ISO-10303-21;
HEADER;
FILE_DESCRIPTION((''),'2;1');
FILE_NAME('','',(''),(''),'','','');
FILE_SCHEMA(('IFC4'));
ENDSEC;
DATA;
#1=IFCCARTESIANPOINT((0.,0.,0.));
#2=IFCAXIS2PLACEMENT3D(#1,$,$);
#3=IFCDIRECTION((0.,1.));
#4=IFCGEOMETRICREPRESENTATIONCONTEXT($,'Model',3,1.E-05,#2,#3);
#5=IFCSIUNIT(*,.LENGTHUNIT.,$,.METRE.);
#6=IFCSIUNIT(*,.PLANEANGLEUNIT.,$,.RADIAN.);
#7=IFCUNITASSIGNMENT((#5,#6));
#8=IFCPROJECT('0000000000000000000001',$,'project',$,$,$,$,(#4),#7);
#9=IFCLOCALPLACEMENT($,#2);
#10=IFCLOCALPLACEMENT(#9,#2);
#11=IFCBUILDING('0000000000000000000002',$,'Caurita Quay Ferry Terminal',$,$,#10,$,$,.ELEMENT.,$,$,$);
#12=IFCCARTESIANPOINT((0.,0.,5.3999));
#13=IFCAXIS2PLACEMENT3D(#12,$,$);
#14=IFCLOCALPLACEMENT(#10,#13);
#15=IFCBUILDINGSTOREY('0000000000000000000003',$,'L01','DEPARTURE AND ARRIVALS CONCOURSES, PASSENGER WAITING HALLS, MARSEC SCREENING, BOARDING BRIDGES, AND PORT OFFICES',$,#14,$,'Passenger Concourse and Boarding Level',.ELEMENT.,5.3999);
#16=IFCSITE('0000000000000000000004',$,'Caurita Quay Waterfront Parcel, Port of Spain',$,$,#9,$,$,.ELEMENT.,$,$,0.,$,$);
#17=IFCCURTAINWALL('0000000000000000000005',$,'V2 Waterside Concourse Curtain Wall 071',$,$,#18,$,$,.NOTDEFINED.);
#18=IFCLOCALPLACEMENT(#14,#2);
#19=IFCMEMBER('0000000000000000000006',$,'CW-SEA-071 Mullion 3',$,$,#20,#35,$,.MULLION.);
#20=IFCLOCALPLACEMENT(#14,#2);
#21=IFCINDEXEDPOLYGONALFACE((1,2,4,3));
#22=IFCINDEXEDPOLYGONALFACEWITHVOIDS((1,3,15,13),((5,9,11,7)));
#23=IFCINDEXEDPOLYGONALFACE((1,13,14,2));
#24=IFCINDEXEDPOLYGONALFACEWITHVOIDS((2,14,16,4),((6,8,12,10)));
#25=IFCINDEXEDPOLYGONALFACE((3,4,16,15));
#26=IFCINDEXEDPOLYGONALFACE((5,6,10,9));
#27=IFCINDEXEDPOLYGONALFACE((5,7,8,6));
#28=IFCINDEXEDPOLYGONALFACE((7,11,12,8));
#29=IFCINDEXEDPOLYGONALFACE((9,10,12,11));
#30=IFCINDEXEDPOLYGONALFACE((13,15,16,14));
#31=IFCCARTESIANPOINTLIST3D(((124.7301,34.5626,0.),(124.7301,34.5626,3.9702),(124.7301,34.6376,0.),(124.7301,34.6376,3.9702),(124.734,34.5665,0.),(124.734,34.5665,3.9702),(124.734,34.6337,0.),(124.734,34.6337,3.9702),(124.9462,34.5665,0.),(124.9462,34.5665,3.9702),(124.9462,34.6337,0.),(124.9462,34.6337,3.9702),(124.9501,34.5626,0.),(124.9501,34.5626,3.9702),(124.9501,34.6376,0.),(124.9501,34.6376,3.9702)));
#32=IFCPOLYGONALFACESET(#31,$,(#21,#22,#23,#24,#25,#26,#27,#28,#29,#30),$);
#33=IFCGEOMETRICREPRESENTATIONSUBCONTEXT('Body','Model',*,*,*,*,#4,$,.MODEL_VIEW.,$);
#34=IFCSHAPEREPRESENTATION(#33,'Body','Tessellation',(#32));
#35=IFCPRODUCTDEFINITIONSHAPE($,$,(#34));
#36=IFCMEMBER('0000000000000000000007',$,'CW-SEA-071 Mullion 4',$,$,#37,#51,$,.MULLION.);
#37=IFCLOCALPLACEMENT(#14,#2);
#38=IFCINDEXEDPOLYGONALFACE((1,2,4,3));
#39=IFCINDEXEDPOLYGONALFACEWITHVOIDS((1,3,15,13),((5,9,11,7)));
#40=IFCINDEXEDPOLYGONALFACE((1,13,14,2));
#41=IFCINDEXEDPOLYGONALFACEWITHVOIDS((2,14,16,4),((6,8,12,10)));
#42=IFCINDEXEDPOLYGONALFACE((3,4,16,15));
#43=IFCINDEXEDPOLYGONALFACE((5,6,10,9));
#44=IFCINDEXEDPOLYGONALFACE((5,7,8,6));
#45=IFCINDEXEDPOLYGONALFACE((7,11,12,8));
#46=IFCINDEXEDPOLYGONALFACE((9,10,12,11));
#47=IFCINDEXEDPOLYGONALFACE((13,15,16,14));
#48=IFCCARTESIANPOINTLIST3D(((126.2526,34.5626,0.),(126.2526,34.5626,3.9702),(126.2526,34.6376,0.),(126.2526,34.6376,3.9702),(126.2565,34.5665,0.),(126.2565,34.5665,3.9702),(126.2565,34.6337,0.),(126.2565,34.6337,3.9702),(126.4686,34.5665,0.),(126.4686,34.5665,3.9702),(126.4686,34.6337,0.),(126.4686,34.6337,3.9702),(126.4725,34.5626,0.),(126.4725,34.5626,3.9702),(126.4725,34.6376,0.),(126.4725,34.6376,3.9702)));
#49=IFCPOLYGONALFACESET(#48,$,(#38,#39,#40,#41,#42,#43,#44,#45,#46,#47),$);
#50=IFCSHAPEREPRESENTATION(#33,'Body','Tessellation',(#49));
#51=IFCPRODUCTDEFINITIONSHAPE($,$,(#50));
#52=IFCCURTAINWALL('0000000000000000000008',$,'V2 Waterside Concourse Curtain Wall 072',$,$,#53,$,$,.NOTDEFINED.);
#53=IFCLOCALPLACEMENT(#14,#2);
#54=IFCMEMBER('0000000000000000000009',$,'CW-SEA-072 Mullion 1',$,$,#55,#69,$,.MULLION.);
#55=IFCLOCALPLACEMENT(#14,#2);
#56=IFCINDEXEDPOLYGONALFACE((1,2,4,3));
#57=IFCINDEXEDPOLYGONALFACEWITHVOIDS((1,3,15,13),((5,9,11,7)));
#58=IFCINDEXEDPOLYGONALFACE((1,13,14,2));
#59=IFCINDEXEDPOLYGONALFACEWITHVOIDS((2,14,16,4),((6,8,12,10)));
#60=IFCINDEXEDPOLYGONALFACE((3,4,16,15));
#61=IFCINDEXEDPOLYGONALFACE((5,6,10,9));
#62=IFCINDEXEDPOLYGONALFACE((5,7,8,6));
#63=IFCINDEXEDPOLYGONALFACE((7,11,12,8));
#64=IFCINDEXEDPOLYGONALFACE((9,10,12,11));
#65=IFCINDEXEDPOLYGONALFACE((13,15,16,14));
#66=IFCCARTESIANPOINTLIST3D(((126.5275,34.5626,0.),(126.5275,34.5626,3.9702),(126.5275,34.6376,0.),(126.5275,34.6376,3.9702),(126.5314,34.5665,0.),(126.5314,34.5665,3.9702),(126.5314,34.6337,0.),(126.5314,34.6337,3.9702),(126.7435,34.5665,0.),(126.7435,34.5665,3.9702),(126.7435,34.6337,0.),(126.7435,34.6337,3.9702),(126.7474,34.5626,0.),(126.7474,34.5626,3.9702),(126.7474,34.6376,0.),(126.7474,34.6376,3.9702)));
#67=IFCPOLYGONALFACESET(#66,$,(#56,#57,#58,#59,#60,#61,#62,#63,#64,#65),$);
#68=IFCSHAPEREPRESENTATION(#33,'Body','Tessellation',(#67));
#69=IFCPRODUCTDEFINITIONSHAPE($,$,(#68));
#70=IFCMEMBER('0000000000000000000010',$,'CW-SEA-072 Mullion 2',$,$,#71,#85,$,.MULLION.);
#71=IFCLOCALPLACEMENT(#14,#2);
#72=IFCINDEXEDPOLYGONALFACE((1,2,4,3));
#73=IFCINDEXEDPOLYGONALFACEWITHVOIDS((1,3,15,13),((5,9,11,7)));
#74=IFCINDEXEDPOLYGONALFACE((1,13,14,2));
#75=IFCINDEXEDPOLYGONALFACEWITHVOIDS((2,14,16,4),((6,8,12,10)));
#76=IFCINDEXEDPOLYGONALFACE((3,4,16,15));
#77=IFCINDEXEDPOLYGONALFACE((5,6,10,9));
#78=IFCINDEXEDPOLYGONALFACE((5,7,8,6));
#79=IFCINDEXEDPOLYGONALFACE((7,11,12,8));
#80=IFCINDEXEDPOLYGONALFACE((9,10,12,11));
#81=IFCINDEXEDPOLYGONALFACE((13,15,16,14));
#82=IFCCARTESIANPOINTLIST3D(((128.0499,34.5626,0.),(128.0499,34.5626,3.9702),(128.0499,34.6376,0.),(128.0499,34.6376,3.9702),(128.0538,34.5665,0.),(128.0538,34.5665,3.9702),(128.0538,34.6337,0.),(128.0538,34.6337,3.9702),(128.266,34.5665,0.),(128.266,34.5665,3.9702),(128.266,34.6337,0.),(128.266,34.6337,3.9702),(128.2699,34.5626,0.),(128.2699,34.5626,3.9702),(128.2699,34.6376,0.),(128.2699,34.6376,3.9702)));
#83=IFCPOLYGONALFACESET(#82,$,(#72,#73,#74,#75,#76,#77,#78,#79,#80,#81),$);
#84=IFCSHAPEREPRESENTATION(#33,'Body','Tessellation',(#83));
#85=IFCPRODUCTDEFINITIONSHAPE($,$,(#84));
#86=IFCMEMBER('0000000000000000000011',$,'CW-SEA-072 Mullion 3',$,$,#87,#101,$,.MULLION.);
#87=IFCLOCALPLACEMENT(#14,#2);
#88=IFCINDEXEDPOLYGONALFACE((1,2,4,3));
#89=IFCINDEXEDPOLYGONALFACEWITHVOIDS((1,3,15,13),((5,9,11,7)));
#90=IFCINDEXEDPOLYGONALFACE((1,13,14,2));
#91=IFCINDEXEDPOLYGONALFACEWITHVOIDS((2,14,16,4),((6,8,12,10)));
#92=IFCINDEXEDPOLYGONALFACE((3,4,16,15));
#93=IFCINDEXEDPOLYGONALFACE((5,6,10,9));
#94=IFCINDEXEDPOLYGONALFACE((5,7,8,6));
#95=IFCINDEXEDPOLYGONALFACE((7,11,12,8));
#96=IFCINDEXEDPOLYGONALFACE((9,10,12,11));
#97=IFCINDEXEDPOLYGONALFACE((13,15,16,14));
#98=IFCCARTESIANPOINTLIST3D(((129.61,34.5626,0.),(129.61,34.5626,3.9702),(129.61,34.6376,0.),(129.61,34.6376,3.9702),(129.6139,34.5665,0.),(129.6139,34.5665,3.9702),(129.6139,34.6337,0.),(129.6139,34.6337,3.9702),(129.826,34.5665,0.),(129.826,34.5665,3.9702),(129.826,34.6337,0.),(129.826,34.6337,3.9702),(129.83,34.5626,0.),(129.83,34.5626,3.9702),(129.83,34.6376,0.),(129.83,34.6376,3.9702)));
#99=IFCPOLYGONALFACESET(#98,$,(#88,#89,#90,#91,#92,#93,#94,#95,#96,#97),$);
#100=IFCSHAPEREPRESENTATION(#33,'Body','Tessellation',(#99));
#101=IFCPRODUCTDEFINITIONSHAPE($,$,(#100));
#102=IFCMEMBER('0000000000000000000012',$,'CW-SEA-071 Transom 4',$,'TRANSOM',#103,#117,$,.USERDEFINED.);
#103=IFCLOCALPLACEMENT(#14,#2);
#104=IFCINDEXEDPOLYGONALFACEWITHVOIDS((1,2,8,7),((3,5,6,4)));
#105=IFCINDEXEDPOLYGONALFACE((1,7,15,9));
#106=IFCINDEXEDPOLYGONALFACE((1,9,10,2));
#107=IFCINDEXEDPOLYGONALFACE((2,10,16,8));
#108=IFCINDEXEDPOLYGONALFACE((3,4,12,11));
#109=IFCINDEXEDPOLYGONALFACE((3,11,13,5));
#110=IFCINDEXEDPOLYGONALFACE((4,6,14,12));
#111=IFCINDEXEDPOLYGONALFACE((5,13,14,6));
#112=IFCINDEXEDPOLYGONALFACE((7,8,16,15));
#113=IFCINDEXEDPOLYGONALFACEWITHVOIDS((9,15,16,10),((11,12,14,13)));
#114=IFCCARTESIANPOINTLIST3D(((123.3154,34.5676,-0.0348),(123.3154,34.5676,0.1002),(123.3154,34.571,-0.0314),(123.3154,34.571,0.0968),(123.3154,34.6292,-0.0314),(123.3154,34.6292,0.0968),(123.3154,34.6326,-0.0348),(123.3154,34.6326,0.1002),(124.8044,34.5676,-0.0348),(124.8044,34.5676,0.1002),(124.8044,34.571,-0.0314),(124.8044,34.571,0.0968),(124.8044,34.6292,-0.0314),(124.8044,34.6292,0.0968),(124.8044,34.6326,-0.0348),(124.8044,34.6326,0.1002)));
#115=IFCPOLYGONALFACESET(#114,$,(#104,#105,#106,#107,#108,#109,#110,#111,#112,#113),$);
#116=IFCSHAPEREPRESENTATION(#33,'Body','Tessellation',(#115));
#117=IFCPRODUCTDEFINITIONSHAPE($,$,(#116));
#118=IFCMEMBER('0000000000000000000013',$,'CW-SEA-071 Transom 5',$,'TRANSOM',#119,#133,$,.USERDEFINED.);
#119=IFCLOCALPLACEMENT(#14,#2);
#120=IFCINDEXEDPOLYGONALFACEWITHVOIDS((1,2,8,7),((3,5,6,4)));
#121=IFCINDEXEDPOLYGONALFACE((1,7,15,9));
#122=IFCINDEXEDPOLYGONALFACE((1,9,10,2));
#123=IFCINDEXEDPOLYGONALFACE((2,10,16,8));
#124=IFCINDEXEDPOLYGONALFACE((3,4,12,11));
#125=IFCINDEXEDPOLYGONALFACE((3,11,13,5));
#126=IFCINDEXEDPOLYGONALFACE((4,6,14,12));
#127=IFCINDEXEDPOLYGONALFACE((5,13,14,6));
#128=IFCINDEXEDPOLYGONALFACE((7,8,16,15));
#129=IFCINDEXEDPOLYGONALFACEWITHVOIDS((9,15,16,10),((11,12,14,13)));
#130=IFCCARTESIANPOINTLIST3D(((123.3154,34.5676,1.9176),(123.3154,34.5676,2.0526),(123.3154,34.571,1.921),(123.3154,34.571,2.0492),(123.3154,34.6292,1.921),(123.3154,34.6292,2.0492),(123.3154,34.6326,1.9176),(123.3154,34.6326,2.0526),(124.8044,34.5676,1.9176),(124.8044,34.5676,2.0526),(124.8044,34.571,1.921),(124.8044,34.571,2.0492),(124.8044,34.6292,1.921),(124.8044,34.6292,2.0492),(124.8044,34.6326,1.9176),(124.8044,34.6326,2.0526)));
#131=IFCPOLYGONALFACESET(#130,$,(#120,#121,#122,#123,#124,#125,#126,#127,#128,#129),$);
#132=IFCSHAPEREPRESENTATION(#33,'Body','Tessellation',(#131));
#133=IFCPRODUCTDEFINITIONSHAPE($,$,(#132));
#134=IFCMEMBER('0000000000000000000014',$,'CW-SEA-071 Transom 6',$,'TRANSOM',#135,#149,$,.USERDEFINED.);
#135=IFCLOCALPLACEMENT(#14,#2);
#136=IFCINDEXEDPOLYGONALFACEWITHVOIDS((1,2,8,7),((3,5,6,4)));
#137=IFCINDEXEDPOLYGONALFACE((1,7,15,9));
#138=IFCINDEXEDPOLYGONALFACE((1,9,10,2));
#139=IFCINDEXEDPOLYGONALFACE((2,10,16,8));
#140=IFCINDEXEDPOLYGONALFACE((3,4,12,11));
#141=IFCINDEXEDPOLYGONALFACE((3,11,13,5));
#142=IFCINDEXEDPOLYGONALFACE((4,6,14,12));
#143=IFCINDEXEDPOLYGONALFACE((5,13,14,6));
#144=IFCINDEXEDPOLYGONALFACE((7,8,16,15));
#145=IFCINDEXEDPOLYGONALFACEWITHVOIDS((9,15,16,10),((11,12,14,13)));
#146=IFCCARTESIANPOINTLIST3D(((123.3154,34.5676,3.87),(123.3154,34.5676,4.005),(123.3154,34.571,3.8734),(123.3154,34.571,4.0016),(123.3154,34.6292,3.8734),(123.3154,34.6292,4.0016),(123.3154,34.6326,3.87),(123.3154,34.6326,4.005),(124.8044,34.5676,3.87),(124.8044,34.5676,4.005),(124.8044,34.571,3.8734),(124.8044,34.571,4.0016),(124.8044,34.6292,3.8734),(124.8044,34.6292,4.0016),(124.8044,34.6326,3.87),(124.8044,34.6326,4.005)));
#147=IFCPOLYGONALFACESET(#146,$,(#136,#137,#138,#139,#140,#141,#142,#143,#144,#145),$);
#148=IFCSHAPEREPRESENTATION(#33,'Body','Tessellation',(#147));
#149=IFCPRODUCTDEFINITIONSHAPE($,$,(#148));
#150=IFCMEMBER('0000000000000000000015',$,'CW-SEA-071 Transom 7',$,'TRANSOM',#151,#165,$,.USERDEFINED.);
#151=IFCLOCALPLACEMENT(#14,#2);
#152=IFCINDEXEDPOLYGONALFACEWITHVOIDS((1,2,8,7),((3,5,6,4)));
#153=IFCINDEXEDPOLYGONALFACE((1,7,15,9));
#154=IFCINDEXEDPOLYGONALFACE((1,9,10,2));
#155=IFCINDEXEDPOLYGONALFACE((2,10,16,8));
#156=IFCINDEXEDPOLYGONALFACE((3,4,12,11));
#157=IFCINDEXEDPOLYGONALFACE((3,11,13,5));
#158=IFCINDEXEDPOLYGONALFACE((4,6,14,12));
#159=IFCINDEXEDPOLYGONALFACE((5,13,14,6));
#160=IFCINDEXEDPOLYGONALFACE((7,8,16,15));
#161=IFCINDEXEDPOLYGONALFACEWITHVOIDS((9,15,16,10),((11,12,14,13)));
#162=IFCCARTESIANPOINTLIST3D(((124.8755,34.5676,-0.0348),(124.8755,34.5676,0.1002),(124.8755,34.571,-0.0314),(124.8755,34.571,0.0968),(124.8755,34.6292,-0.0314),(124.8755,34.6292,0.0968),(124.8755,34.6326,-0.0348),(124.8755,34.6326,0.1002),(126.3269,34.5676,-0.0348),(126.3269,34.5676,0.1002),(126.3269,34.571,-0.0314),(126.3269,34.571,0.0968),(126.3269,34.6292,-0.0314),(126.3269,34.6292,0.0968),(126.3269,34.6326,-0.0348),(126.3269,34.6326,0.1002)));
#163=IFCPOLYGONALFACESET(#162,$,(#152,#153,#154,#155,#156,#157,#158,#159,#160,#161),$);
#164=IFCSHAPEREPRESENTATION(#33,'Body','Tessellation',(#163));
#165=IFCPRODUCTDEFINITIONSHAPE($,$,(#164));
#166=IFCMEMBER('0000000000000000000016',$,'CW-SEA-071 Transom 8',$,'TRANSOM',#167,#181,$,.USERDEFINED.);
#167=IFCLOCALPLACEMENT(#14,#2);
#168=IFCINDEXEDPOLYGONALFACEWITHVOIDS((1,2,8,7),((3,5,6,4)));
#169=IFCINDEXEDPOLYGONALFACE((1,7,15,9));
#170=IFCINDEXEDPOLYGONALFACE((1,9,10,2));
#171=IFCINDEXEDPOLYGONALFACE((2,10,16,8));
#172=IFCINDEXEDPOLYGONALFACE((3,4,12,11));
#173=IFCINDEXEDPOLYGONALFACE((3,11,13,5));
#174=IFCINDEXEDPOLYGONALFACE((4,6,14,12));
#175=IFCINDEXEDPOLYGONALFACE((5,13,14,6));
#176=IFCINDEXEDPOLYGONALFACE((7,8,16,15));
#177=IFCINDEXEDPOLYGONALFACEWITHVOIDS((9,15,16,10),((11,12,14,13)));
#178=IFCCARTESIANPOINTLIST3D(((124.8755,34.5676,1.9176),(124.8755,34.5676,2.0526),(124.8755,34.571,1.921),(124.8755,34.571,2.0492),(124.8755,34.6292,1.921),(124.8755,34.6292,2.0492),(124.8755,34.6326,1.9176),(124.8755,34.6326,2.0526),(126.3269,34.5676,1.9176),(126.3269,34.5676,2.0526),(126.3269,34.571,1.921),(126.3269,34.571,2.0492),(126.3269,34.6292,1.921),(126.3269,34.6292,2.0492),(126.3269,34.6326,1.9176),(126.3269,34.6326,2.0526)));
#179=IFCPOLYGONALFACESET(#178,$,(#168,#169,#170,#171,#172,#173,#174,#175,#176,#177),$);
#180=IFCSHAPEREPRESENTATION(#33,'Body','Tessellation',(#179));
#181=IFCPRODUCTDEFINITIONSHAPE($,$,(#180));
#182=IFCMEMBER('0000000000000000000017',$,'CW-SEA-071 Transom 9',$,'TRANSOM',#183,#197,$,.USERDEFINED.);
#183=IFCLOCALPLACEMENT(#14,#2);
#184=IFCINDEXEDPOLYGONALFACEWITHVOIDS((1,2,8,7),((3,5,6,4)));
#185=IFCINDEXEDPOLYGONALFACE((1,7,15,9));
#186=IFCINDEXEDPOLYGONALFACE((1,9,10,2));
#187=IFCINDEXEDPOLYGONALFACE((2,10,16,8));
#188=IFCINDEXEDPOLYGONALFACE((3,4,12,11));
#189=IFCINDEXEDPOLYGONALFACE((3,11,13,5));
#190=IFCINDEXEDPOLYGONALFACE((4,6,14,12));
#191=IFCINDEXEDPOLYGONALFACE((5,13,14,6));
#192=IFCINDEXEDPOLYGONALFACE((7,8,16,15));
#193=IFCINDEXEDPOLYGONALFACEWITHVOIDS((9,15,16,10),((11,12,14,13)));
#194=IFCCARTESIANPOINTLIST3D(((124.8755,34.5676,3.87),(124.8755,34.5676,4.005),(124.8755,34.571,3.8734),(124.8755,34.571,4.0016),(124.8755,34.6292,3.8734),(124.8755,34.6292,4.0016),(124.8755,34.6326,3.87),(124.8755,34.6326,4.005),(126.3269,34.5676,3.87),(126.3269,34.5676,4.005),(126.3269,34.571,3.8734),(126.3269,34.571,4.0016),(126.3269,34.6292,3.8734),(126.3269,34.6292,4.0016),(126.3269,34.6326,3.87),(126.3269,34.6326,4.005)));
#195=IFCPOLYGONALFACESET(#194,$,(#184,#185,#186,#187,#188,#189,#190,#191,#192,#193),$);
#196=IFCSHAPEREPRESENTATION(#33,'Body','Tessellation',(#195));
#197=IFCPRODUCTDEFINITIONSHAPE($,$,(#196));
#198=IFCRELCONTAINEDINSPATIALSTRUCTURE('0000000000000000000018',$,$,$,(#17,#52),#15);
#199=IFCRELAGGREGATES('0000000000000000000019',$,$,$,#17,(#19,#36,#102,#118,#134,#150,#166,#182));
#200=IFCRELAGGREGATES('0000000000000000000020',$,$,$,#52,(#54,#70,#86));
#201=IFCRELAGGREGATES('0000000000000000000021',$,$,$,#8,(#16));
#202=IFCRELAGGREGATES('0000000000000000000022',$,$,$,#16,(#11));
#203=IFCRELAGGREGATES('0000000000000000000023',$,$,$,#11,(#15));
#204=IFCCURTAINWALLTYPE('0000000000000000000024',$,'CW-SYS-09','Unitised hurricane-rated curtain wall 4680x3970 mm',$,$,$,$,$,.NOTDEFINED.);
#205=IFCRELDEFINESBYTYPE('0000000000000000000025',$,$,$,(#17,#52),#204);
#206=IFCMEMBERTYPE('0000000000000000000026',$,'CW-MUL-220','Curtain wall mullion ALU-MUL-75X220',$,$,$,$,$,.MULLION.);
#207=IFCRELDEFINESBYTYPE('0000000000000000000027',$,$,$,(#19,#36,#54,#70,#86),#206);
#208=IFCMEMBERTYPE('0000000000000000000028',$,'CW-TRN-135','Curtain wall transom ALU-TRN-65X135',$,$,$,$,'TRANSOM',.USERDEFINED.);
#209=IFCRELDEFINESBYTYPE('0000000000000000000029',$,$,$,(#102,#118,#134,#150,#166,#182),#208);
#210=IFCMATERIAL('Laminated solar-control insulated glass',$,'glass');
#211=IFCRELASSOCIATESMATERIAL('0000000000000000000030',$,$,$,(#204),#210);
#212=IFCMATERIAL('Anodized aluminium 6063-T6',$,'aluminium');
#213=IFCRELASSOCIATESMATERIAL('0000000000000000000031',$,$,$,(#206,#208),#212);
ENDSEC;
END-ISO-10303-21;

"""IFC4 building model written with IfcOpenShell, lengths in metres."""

from ifc_helpers import new_model, si_unit, direction, frame, origin, origin_2d, place, context, subcontext, project, spatial, hollow_rectangle, extrude, material, material_profile, profile_set, type_object, element, aggregate, save


model = new_model("IFC4")

# Units and contexts
model_context = context("Model", 3, precision=1e-05, world=origin(), true_north=direction((0.0, 1.0)))
body_context = subcontext(model_context, "Body", "Model", "MODEL_VIEW")
ifc_project = project(units=[si_unit("LENGTHUNIT", "METRE"), si_unit("PLANEANGLEUNIT", "RADIAN")], contexts=[model_context])

# Site, building, storey
site_placement = place(None, origin())
site = spatial("IfcSite", under=ifc_project, at=site_placement, Name="Caurita Quay Waterfront Parcel, Port of Spain", CompositionType="ELEMENT", RefElevation=0.0)
building_placement = place(site_placement, origin())
building = spatial("IfcBuilding", under=site, at=building_placement, Name="Caurita Quay Ferry Terminal", CompositionType="ELEMENT")
storey_placement = place(building_placement, frame((0.0, 0.0, 5.3999)))
storey = spatial("IfcBuildingStorey", under=building, at=storey_placement, Name="L01", Description="DEPARTURE AND ARRIVALS CONCOURSES, PASSENGER WAITING HALLS, MARSEC SCREENING, BOARDING BRIDGES, AND PORT OFFICES", LongName="Passenger Concourse and Boarding Level", CompositionType="ELEMENT", Elevation=5.3999)

# Curtain walls, members
ifc_material_1 = material(Name="Laminated solar-control insulated glass", Category="glass")
curtain_wall_type = type_object("IfcCurtainWallType", Name="CW-SYS-09", Description="Unitised hurricane-rated curtain wall 4680x3970 mm", PredefinedType="NOTDEFINED", material=ifc_material_1)
curtain_wall_1_placement = place(storey_placement, origin())
curtain_wall_1 = element("IfcCurtainWall", 1, at=curtain_wall_1_placement, inside=storey, type_object=curtain_wall_type, Name="V2 Waterside Concourse Curtain Wall 071", PredefinedType="NOTDEFINED")
ifc_material_2 = material(Name="Anodized aluminium 6063-T6", Category="aluminium")
ifc_material_profile_1 = material_profile(ifc_material_2, hollow_rectangle(XDim=0.075, YDim=0.22, WallThickness=0.0039, at=origin_2d()), Name="ALU-MUL-75X220")
ifc_profile_set_1 = profile_set([ifc_material_profile_1], Name="Anodized aluminium 6063-T6")
member_type_1 = type_object("IfcMemberType", Name="CW-MUL-220", Description="Curtain wall mullion ALU-MUL-75X220", PredefinedType="MULLION", material=ifc_profile_set_1)
member_1_placement = place(storey_placement, frame((124.8401, 34.6001, 0.0), z_axis=(0.0, 0.0, 1.0), x_axis=(0.0, 1.0, 0.0)))
member_1 = element("IfcMember", 2, at=member_1_placement, type_object=member_type_1, Name="CW-SEA-071 Mullion 3", PredefinedType="MULLION", context=body_context, shape_type="SweptSolid", body=[
    extrude(hollow_rectangle(XDim=0.075, YDim=0.22, WallThickness=0.0039, at=origin_2d()), origin(), (0.0, 0.0, 1.0), 3.9702),
])
member_2_placement = place(storey_placement, frame((126.3625, 34.6001, 0.0), z_axis=(0.0, 0.0, 1.0), x_axis=(0.0, 1.0, 0.0)))
member_2 = element("IfcMember", 3, at=member_2_placement, type_object=member_type_1, Name="CW-SEA-071 Mullion 4", PredefinedType="MULLION", context=body_context, shape_type="SweptSolid", body=[
    extrude(hollow_rectangle(XDim=0.075, YDim=0.22, WallThickness=0.0039, at=origin_2d()), origin(), (0.0, 0.0, 1.0), 3.9702),
])
curtain_wall_2_placement = place(storey_placement, origin())
curtain_wall_2 = element("IfcCurtainWall", 4, at=curtain_wall_2_placement, inside=storey, type_object=curtain_wall_type, Name="V2 Waterside Concourse Curtain Wall 072", PredefinedType="NOTDEFINED")
member_3_placement = place(storey_placement, frame((126.6375, 34.6001, 0.0), z_axis=(0.0, 0.0, 1.0), x_axis=(0.0, 1.0, 0.0)))
member_3 = element("IfcMember", 5, at=member_3_placement, type_object=member_type_1, Name="CW-SEA-072 Mullion 1", PredefinedType="MULLION", context=body_context, shape_type="SweptSolid", body=[
    extrude(hollow_rectangle(XDim=0.075, YDim=0.22, WallThickness=0.0039, at=origin_2d()), origin(), (0.0, 0.0, 1.0), 3.9702),
])
member_4_placement = place(storey_placement, frame((128.1599, 34.6001, 0.0), z_axis=(0.0, 0.0, 1.0), x_axis=(0.0, 1.0, 0.0)))
member_4 = element("IfcMember", 6, at=member_4_placement, type_object=member_type_1, Name="CW-SEA-072 Mullion 2", PredefinedType="MULLION", context=body_context, shape_type="SweptSolid", body=[
    extrude(hollow_rectangle(XDim=0.075, YDim=0.22, WallThickness=0.0039, at=origin_2d()), origin(), (0.0, 0.0, 1.0), 3.9702),
])
member_5_placement = place(storey_placement, frame((129.72, 34.6001, 0.0), z_axis=(0.0, 0.0, 1.0), x_axis=(0.0, 1.0, 0.0)))
member_5 = element("IfcMember", 7, at=member_5_placement, type_object=member_type_1, Name="CW-SEA-072 Mullion 3", PredefinedType="MULLION", context=body_context, shape_type="SweptSolid", body=[
    extrude(hollow_rectangle(XDim=0.075, YDim=0.22, WallThickness=0.0039, at=origin_2d()), origin(), (0.0, 0.0, 1.0), 3.9702),
])

# Members
ifc_material_profile_2 = material_profile(ifc_material_2, hollow_rectangle(XDim=0.0649, YDim=0.135, WallThickness=0.0034, at=origin_2d()), Name="ALU-TRN-65X135")
ifc_profile_set_2 = profile_set([ifc_material_profile_2], Name="Anodized aluminium 6063-T6")
member_type_2 = type_object("IfcMemberType", Name="CW-TRN-135", Description="Curtain wall transom ALU-TRN-65X135", ElementType="TRANSOM", PredefinedType="USERDEFINED", material=ifc_profile_set_2)
member_6_placement = place(storey_placement, frame((123.3154, 34.6001, 0.0327), z_axis=(1.0, 0.0, 0.0), x_axis=(0.0, 1.0, 0.0)))
member_6 = element("IfcMember", 8, at=member_6_placement, type_object=member_type_2, Name="CW-SEA-071 Transom 4", ObjectType="TRANSOM", PredefinedType="USERDEFINED", context=body_context, shape_type="SweptSolid", body=[
    extrude(hollow_rectangle(XDim=0.0649, YDim=0.135, WallThickness=0.0034, at=origin_2d()), origin(), (0.0, 0.0, 1.0), 1.489),
])
member_7_placement = place(storey_placement, frame((123.3154, 34.6001, 1.9851), z_axis=(1.0, 0.0, 0.0), x_axis=(0.0, 1.0, 0.0)))
member_7 = element("IfcMember", 9, at=member_7_placement, type_object=member_type_2, Name="CW-SEA-071 Transom 5", ObjectType="TRANSOM", PredefinedType="USERDEFINED", context=body_context, shape_type="SweptSolid", body=[
    extrude(hollow_rectangle(XDim=0.0649, YDim=0.135, WallThickness=0.0034, at=origin_2d()), origin(), (0.0, 0.0, 1.0), 1.489),
])
member_8_placement = place(storey_placement, frame((123.3154, 34.6001, 3.9375), z_axis=(1.0, 0.0, 0.0), x_axis=(0.0, 1.0, 0.0)))
member_8 = element("IfcMember", 10, at=member_8_placement, type_object=member_type_2, Name="CW-SEA-071 Transom 6", ObjectType="TRANSOM", PredefinedType="USERDEFINED", context=body_context, shape_type="SweptSolid", body=[
    extrude(hollow_rectangle(XDim=0.0649, YDim=0.135, WallThickness=0.0034, at=origin_2d()), origin(), (0.0, 0.0, 1.0), 1.489),
])
member_9_placement = place(storey_placement, frame((124.8755, 34.6001, 0.0327), z_axis=(1.0, 0.0, 0.0), x_axis=(0.0, 1.0, 0.0)))
member_9 = element("IfcMember", 11, at=member_9_placement, type_object=member_type_2, Name="CW-SEA-071 Transom 7", ObjectType="TRANSOM", PredefinedType="USERDEFINED", context=body_context, shape_type="SweptSolid", body=[
    extrude(hollow_rectangle(XDim=0.0649, YDim=0.135, WallThickness=0.0034, at=origin_2d()), origin(), (0.0, 0.0, 1.0), 1.4514),
])
member_10_placement = place(storey_placement, frame((124.8755, 34.6001, 1.9851), z_axis=(1.0, 0.0, 0.0), x_axis=(0.0, 1.0, 0.0)))
member_10 = element("IfcMember", 12, at=member_10_placement, type_object=member_type_2, Name="CW-SEA-071 Transom 8", ObjectType="TRANSOM", PredefinedType="USERDEFINED", context=body_context, shape_type="SweptSolid", body=[
    extrude(hollow_rectangle(XDim=0.0649, YDim=0.135, WallThickness=0.0034, at=origin_2d()), origin(), (0.0, 0.0, 1.0), 1.4514),
])
member_11_placement = place(storey_placement, frame((124.8755, 34.6001, 3.9375), z_axis=(1.0, 0.0, 0.0), x_axis=(0.0, 1.0, 0.0)))
member_11 = element("IfcMember", 13, at=member_11_placement, type_object=member_type_2, Name="CW-SEA-071 Transom 9", ObjectType="TRANSOM", PredefinedType="USERDEFINED", context=body_context, shape_type="SweptSolid", body=[
    extrude(hollow_rectangle(XDim=0.0649, YDim=0.135, WallThickness=0.0034, at=origin_2d()), origin(), (0.0, 0.0, 1.0), 1.4514),
])

aggregate(curtain_wall_1, [member_1, member_2, member_6, member_7, member_8, member_9, member_10, member_11])
aggregate(curtain_wall_2, [member_3, member_4, member_5])

save(model, "model.ifc")
